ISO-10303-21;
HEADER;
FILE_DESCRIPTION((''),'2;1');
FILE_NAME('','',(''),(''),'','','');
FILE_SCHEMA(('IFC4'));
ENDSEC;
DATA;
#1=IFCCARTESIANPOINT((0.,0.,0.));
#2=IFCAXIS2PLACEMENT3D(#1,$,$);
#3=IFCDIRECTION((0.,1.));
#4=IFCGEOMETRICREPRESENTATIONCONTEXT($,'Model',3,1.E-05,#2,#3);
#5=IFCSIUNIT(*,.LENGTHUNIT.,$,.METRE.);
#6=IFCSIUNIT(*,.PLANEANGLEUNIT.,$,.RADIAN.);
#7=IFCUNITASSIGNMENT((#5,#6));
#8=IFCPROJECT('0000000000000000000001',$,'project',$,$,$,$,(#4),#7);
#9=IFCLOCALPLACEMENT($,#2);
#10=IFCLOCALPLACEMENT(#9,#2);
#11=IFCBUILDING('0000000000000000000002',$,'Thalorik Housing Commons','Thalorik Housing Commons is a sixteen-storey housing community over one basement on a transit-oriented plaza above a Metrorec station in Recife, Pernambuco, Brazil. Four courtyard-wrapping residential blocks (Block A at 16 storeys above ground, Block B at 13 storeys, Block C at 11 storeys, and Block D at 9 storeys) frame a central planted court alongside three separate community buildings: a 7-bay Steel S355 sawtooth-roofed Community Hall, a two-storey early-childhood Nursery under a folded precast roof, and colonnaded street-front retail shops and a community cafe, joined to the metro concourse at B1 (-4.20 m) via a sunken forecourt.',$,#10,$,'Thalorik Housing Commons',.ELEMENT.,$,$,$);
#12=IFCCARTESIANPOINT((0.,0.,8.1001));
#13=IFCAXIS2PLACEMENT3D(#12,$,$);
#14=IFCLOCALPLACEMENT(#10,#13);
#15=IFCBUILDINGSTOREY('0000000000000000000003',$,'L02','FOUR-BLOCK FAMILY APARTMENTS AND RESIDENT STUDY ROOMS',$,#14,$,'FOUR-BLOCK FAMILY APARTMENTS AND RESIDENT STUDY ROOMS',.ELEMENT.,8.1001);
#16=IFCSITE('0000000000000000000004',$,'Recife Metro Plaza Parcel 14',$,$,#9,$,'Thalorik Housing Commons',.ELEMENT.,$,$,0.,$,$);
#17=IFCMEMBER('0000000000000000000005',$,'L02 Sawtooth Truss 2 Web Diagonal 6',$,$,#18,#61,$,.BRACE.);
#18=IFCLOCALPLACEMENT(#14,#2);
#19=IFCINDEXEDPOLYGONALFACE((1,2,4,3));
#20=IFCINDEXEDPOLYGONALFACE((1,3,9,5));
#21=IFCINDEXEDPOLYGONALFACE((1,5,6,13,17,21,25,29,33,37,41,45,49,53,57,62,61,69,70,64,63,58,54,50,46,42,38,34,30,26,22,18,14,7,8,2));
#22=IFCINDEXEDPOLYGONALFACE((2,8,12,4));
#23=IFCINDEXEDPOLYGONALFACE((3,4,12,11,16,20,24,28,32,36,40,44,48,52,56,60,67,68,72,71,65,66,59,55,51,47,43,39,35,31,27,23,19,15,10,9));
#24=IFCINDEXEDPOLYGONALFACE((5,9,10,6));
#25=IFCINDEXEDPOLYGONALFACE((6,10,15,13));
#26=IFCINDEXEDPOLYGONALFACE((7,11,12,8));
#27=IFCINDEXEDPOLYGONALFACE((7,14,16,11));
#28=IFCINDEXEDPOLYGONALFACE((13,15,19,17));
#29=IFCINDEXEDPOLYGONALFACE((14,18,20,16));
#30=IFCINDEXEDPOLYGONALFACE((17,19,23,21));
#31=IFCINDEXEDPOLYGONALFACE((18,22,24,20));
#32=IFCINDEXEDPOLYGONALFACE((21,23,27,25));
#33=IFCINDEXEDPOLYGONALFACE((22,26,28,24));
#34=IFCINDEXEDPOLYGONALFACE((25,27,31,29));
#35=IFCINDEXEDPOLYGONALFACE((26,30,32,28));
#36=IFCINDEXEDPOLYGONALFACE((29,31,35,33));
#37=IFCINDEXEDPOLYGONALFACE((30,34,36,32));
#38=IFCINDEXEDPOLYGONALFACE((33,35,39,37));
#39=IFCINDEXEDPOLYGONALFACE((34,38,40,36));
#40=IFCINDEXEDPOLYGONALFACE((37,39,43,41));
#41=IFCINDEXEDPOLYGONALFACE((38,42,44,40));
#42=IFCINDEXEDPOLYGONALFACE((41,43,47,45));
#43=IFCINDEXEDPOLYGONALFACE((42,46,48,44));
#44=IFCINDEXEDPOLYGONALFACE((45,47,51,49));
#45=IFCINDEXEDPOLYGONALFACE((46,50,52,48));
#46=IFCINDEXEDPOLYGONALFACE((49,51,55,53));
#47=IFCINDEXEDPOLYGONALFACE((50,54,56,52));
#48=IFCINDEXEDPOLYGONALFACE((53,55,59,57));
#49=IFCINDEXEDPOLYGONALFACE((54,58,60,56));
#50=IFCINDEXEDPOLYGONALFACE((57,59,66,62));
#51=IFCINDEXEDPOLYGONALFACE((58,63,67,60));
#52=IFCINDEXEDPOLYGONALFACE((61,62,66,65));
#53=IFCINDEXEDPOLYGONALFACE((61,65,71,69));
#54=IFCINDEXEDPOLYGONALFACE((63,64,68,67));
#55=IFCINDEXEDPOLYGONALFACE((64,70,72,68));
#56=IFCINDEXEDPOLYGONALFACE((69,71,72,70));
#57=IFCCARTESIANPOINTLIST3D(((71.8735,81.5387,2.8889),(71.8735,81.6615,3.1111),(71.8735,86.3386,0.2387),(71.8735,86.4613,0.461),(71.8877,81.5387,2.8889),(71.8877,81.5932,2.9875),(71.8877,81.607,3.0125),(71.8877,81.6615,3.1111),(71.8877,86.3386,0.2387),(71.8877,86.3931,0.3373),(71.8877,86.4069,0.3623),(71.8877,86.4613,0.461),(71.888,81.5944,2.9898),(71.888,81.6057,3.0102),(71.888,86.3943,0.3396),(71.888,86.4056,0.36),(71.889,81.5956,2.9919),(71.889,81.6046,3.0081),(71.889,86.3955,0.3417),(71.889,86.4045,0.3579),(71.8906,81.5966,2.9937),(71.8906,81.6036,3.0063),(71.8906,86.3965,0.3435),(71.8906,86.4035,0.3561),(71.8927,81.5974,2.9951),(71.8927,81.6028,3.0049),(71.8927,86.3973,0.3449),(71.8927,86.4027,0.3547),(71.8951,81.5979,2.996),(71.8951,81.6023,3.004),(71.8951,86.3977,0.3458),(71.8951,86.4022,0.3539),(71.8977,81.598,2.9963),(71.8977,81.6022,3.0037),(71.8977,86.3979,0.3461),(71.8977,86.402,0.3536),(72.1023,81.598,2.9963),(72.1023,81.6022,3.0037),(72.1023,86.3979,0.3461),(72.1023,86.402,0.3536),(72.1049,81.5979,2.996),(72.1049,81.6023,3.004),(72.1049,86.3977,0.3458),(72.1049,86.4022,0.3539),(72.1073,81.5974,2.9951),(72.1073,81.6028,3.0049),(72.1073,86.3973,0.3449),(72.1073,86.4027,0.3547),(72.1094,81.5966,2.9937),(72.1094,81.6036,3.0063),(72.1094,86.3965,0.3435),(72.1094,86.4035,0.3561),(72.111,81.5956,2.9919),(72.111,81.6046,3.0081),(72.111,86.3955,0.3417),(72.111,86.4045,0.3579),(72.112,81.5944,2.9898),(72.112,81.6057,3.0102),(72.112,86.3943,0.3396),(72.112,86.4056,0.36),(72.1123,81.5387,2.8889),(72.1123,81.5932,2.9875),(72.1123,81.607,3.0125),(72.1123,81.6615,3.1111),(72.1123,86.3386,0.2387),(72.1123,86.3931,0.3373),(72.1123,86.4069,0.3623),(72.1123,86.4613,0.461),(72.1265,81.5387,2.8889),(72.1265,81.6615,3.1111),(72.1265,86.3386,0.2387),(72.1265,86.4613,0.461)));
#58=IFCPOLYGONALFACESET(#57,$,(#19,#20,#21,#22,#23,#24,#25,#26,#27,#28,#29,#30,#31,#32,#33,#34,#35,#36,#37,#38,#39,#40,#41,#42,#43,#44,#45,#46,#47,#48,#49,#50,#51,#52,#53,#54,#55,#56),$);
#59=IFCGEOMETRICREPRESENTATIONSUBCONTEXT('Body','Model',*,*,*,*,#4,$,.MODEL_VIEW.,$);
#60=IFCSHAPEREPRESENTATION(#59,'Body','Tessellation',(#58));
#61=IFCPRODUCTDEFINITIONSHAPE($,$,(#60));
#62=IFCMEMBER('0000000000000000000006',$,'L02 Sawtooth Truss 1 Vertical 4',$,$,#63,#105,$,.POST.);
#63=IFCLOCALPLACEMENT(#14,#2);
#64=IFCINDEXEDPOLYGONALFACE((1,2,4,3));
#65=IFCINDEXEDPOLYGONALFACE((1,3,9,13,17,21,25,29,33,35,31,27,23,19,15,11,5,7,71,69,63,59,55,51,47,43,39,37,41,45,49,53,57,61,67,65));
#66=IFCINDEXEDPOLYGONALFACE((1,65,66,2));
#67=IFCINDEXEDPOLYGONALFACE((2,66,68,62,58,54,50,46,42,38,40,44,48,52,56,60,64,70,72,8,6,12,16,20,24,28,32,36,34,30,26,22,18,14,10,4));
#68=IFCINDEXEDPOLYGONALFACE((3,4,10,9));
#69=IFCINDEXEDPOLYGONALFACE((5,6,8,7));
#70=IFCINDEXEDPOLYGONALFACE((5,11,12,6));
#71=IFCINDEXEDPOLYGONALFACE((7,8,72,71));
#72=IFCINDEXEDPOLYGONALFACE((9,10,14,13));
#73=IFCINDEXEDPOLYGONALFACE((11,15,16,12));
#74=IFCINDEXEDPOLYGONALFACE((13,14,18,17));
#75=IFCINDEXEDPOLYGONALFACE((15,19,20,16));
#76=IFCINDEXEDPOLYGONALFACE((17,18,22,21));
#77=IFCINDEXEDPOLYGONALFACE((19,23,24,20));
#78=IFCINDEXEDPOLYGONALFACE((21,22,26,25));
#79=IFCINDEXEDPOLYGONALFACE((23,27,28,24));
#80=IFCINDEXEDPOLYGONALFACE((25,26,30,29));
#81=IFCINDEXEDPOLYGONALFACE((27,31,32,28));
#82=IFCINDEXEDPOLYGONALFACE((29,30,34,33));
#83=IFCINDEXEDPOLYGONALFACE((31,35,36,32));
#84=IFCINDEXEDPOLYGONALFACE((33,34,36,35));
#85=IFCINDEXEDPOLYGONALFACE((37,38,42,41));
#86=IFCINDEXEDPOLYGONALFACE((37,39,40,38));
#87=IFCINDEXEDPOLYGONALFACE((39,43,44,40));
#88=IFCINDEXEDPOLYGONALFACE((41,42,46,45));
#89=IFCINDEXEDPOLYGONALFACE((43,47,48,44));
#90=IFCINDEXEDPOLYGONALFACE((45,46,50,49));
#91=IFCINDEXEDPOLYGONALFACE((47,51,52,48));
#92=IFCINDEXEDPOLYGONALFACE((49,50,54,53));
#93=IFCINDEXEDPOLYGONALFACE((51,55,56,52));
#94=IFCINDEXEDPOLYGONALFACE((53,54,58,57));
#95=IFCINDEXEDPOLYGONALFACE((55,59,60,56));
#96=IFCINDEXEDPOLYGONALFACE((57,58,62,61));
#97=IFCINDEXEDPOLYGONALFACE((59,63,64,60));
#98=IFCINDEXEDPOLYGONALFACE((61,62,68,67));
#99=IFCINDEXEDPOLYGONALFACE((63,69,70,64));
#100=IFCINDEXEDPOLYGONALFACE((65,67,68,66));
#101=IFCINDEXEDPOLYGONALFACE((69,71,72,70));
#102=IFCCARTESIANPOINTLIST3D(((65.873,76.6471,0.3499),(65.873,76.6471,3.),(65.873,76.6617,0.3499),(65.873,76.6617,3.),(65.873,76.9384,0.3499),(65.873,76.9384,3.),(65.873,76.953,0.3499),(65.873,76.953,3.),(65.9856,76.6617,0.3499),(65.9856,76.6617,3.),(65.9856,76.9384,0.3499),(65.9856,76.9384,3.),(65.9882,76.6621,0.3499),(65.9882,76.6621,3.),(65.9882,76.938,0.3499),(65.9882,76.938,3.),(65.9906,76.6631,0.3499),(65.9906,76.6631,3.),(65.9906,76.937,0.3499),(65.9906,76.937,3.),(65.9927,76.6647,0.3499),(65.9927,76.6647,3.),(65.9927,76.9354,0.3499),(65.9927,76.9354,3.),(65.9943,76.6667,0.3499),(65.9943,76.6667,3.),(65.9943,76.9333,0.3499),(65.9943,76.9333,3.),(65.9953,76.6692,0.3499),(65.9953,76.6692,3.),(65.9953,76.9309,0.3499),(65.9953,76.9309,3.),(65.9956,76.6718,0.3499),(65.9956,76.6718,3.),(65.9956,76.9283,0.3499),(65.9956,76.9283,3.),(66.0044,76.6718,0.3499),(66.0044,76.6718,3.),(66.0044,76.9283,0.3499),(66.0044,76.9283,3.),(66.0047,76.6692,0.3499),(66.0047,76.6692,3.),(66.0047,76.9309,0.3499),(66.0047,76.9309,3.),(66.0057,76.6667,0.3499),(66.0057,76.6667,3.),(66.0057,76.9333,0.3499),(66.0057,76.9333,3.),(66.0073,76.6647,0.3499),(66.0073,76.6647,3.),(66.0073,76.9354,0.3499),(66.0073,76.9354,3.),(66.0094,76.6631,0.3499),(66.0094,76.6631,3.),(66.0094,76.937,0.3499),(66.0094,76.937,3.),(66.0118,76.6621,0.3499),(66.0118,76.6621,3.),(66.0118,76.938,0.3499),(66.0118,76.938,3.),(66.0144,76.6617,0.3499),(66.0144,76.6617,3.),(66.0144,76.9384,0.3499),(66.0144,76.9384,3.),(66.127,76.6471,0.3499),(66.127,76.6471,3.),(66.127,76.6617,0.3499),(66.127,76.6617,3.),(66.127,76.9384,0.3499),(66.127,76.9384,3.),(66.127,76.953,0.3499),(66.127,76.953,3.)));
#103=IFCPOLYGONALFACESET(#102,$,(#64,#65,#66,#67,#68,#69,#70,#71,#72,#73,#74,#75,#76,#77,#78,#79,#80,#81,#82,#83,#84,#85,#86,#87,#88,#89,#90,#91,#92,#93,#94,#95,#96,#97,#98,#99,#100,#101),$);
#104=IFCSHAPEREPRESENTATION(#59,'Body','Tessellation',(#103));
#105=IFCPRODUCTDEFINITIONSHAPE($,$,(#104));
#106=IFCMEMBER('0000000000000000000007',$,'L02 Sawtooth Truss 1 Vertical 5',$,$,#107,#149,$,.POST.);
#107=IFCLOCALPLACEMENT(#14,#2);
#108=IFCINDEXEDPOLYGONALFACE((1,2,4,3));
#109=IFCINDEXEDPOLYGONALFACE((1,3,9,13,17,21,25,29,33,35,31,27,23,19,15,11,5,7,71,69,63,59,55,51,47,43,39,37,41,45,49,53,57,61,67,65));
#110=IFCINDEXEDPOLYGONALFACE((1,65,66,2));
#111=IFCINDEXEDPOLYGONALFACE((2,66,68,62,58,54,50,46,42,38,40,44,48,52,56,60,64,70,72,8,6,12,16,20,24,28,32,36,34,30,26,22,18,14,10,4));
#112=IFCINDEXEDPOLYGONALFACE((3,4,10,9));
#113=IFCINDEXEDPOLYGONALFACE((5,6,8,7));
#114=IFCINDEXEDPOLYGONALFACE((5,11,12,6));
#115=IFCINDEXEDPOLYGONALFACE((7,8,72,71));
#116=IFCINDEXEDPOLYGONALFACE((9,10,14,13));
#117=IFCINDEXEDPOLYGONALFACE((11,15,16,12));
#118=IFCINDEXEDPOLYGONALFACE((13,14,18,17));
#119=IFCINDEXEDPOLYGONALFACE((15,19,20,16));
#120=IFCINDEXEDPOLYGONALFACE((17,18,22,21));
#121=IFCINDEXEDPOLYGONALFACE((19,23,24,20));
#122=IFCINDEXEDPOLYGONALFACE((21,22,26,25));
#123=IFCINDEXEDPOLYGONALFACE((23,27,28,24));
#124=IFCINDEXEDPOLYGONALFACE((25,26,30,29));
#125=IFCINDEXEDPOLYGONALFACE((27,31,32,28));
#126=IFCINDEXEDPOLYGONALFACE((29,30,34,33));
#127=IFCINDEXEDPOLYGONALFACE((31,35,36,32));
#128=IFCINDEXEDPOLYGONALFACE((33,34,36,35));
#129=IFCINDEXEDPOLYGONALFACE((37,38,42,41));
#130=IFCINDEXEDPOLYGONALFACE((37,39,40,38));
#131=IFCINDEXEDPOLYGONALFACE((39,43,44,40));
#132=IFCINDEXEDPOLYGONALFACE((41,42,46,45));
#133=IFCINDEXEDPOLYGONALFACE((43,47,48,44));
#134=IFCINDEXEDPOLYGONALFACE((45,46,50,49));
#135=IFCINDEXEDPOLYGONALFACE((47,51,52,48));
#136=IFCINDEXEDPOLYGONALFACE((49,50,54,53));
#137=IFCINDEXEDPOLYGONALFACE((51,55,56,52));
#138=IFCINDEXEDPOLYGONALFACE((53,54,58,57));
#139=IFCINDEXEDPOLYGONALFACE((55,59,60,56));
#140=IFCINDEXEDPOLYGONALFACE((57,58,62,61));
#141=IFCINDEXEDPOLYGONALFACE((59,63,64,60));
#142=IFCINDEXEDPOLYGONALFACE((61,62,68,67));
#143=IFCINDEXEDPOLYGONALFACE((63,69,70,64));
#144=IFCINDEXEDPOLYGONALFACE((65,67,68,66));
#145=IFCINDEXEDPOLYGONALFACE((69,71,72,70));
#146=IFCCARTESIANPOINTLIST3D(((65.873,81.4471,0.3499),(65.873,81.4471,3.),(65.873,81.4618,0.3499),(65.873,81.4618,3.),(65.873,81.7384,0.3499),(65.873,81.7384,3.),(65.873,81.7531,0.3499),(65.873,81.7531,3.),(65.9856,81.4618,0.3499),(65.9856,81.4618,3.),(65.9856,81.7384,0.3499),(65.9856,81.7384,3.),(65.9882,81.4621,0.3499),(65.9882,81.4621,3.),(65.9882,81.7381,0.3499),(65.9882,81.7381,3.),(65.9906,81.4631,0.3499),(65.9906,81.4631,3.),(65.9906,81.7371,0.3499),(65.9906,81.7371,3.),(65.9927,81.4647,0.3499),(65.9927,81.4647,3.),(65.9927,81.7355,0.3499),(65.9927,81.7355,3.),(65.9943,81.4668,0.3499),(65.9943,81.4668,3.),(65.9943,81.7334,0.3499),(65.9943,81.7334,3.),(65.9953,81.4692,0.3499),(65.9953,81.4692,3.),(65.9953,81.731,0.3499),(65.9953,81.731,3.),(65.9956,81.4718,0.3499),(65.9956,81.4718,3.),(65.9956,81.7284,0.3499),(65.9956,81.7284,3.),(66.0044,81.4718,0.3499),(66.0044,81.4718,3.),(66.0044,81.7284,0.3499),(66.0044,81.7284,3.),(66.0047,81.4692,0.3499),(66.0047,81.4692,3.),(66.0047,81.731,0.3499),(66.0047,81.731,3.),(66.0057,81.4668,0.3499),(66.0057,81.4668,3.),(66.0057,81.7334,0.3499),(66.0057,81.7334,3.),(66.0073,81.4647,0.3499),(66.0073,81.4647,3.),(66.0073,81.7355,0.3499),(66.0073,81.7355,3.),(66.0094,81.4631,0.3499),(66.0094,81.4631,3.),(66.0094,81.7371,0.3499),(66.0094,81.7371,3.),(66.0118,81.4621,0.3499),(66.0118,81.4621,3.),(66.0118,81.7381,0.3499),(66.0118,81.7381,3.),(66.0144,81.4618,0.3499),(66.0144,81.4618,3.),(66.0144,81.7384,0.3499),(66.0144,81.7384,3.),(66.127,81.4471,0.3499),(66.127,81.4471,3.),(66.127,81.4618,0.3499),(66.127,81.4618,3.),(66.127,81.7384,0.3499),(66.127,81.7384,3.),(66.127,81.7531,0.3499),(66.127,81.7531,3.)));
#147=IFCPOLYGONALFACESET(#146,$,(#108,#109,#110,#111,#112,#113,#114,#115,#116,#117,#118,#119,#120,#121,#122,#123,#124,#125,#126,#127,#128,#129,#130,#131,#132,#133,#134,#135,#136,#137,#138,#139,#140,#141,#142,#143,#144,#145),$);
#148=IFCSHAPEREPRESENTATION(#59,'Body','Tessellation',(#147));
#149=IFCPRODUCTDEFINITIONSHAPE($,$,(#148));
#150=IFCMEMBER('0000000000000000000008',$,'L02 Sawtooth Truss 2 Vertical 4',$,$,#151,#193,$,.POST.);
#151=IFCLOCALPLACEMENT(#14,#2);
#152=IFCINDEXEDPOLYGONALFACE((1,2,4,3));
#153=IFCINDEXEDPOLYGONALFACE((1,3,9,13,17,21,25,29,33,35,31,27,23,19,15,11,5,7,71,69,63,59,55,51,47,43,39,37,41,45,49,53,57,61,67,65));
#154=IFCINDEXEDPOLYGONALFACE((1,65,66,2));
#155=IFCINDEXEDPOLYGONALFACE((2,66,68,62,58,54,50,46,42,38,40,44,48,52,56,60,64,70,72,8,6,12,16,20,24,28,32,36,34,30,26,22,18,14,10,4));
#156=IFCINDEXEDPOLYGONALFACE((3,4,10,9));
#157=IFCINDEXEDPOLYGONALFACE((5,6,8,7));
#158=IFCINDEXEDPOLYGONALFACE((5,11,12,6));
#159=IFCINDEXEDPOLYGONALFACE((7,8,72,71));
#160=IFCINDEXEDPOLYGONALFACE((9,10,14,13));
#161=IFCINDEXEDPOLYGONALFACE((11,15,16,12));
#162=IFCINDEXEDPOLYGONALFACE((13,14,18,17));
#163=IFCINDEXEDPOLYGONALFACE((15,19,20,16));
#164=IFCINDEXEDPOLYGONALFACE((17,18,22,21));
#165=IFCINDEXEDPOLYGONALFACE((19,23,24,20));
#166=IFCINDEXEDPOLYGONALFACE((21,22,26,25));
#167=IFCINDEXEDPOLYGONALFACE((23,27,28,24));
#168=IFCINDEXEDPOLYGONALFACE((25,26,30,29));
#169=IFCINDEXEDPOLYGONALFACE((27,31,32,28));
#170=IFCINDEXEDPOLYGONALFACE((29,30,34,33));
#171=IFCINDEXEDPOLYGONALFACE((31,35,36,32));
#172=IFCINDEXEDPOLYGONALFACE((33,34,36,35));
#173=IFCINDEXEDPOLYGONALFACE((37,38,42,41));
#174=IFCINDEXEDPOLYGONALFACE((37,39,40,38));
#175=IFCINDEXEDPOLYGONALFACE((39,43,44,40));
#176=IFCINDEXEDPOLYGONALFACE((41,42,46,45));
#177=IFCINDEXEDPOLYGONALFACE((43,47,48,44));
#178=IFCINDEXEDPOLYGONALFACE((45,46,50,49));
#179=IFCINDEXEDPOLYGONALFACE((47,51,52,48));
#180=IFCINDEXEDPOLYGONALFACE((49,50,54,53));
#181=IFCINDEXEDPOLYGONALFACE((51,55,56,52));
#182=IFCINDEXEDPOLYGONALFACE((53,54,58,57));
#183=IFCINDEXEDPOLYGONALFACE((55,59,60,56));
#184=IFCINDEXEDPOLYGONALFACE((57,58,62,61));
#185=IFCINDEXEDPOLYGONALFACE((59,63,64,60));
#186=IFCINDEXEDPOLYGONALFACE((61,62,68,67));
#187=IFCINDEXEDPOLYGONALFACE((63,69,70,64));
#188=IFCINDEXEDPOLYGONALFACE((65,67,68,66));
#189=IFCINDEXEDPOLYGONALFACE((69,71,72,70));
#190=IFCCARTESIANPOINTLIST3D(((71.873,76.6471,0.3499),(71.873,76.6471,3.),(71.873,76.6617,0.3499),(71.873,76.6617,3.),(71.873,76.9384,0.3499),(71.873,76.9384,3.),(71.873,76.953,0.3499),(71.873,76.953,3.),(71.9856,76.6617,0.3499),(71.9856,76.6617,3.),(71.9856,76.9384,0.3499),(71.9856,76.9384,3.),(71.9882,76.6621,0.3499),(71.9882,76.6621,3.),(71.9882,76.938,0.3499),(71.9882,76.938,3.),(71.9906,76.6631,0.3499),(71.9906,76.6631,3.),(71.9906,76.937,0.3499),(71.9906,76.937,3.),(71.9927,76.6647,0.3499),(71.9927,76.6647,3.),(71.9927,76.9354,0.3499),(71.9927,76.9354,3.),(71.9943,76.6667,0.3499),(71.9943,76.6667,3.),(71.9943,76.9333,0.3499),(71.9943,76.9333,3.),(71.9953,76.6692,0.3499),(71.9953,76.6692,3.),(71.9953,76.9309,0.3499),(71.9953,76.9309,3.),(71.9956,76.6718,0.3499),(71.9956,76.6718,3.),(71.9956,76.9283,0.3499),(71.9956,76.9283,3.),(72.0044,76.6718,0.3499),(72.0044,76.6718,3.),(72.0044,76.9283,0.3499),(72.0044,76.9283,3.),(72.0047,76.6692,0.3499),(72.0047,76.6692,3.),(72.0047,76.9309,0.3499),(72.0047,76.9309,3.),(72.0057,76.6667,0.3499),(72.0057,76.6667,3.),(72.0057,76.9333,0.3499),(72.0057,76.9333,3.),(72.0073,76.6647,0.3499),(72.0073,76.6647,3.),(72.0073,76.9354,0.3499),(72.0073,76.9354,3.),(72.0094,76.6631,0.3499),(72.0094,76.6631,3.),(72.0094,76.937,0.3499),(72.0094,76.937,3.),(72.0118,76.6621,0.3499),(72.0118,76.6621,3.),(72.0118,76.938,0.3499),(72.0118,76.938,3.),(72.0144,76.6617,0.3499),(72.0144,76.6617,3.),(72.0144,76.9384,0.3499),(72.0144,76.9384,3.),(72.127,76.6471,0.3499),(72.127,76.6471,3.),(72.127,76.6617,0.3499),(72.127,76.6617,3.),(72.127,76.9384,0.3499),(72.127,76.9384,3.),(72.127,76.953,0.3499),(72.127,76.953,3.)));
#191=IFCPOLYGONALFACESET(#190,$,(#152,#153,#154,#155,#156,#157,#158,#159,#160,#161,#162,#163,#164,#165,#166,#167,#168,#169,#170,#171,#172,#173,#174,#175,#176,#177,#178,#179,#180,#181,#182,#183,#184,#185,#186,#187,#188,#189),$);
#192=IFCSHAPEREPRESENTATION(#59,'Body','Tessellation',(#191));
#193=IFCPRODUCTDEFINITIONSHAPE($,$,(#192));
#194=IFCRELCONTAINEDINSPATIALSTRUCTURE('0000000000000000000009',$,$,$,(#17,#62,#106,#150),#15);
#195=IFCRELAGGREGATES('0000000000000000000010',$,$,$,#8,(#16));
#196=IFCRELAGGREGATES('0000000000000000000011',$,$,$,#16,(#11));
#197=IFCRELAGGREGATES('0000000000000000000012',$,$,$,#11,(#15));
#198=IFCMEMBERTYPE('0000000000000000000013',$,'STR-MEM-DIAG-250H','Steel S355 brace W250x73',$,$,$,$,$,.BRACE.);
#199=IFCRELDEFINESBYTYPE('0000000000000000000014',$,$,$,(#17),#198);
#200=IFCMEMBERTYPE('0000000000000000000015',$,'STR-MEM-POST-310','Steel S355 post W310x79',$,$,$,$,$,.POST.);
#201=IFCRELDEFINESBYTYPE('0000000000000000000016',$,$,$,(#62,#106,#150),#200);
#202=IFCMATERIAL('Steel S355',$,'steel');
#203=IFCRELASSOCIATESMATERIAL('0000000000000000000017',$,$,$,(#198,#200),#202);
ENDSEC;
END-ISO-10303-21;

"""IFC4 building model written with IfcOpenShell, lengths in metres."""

from ifc_helpers import new_model, si_unit, direction, frame, origin, origin_2d, place, context, subcontext, project, spatial, i_section, extrude, material, material_profile, profile_set, type_object, element, save


model = new_model("IFC4")

# Units and contexts
model_context = context("Model", 3, precision=1e-05, world=origin(), true_north=direction((0.0, 1.0)))
body_context = subcontext(model_context, "Body", "Model", "MODEL_VIEW")
ifc_project = project(units=[si_unit("LENGTHUNIT", "METRE"), si_unit("PLANEANGLEUNIT", "RADIAN")], contexts=[model_context])

# Site, building, storey
site_placement = place(None, origin())
site = spatial("IfcSite", under=ifc_project, at=site_placement, Name="Recife Metro Plaza Parcel 14", LongName="Thalorik Housing Commons", CompositionType="ELEMENT", RefElevation=0.0)
building_placement = place(site_placement, origin())
building = spatial("IfcBuilding", under=site, at=building_placement, Name="Thalorik Housing Commons", Description="Thalorik Housing Commons is a sixteen-storey housing community over one basement on a transit-oriented plaza above a Metrorec station in Recife, Pernambuco, Brazil. Four courtyard-wrapping residential blocks (Block A at 16 storeys above ground, Block B at 13 storeys, Block C at 11 storeys, and Block D at 9 storeys) frame a central planted court alongside three separate community buildings: a 7-bay Steel S355 sawtooth-roofed Community Hall, a two-storey early-childhood Nursery under a folded precast roof, and colonnaded street-front retail shops and a community cafe, joined to the metro concourse at B1 (-4.20 m) via a sunken forecourt.", LongName="Thalorik Housing Commons", CompositionType="ELEMENT")
storey_placement = place(building_placement, frame((0.0, 0.0, 8.1001)))
storey = spatial("IfcBuildingStorey", under=building, at=storey_placement, Name="L02", Description="FOUR-BLOCK FAMILY APARTMENTS AND RESIDENT STUDY ROOMS", LongName="FOUR-BLOCK FAMILY APARTMENTS AND RESIDENT STUDY ROOMS", CompositionType="ELEMENT", Elevation=8.1001)

# Shared definitions
ifc_material_1 = material(Name="Steel S355", Category="steel")

# Members
ifc_material_profile_1 = material_profile(ifc_material_1, i_section(OverallWidth=0.2539, OverallDepth=0.2529, WebThickness=0.0085, FlangeThickness=0.0142, FilletRadius=0.01, at=origin_2d()), Name="W250x73", Category="steel")
ifc_profile_set_1 = profile_set([ifc_material_profile_1], Name="Steel S355")
member_type_1 = type_object("IfcMemberType", Name="STR-MEM-DIAG-250H", Description="Steel S355 brace W250x73", PredefinedType="BRACE", material=ifc_profile_set_1)
for number, where, z_axis, x_axis, name in (
    (1, (72.0, 81.6001, 3.0), (0.0, 0.875425, -0.483354), (0.0, 0.483354, 0.875425), "L02 Sawtooth Truss 2 Web Diagonal 6"),
):
    element("IfcMember", number, at=place(storey_placement, frame(where, z_axis=z_axis, x_axis=x_axis)), inside=storey, type_object=member_type_1, Name=name, PredefinedType="BRACE", context=body_context, shape_type="SweptSolid", body=[
        extrude(i_section(OverallWidth=0.2539, OverallDepth=0.2529, WebThickness=0.0085, FlangeThickness=0.0142, FilletRadius=0.01, at=origin_2d()), origin(), (0.0, 0.0, 1.0), 5.4829),
    ])
ifc_material_profile_2 = material_profile(ifc_material_1, i_section(OverallWidth=0.2539, OverallDepth=0.3059, WebThickness=0.0088, FlangeThickness=0.0146, FilletRadius=0.01, at=origin_2d()), Name="W310x79", Category="steel")
ifc_profile_set_2 = profile_set([ifc_material_profile_2], Name="Steel S355")
member_type_2 = type_object("IfcMemberType", Name="STR-MEM-POST-310", Description="Steel S355 post W310x79", PredefinedType="POST", material=ifc_profile_set_2)
for number, where, z_axis, x_axis, name in (
    (2, (66.0, 76.8, 0.3499), (0.0, 0.0, 1.0), (1.0, 0.0, 0.0), "L02 Sawtooth Truss 1 Vertical 4"),
    (3, (66.0, 81.6001, 0.3499), (0.0, 0.0, 1.0), (1.0, 0.0, 0.0), "L02 Sawtooth Truss 1 Vertical 5"),
    (4, (72.0, 76.8, 0.3499), (0.0, 0.0, 1.0), (1.0, 0.0, 0.0), "L02 Sawtooth Truss 2 Vertical 4"),
):
    element("IfcMember", number, at=place(storey_placement, frame(where, z_axis=z_axis, x_axis=x_axis)), inside=storey, type_object=member_type_2, Name=name, PredefinedType="POST", context=body_context, shape_type="SweptSolid", body=[
        extrude(i_section(OverallWidth=0.2539, OverallDepth=0.3059, WebThickness=0.0088, FlangeThickness=0.0146, FilletRadius=0.01, at=origin_2d()), origin(), (0.0, 0.0, 1.0), 2.6501),
    ])

save(model, "model.ifc")
